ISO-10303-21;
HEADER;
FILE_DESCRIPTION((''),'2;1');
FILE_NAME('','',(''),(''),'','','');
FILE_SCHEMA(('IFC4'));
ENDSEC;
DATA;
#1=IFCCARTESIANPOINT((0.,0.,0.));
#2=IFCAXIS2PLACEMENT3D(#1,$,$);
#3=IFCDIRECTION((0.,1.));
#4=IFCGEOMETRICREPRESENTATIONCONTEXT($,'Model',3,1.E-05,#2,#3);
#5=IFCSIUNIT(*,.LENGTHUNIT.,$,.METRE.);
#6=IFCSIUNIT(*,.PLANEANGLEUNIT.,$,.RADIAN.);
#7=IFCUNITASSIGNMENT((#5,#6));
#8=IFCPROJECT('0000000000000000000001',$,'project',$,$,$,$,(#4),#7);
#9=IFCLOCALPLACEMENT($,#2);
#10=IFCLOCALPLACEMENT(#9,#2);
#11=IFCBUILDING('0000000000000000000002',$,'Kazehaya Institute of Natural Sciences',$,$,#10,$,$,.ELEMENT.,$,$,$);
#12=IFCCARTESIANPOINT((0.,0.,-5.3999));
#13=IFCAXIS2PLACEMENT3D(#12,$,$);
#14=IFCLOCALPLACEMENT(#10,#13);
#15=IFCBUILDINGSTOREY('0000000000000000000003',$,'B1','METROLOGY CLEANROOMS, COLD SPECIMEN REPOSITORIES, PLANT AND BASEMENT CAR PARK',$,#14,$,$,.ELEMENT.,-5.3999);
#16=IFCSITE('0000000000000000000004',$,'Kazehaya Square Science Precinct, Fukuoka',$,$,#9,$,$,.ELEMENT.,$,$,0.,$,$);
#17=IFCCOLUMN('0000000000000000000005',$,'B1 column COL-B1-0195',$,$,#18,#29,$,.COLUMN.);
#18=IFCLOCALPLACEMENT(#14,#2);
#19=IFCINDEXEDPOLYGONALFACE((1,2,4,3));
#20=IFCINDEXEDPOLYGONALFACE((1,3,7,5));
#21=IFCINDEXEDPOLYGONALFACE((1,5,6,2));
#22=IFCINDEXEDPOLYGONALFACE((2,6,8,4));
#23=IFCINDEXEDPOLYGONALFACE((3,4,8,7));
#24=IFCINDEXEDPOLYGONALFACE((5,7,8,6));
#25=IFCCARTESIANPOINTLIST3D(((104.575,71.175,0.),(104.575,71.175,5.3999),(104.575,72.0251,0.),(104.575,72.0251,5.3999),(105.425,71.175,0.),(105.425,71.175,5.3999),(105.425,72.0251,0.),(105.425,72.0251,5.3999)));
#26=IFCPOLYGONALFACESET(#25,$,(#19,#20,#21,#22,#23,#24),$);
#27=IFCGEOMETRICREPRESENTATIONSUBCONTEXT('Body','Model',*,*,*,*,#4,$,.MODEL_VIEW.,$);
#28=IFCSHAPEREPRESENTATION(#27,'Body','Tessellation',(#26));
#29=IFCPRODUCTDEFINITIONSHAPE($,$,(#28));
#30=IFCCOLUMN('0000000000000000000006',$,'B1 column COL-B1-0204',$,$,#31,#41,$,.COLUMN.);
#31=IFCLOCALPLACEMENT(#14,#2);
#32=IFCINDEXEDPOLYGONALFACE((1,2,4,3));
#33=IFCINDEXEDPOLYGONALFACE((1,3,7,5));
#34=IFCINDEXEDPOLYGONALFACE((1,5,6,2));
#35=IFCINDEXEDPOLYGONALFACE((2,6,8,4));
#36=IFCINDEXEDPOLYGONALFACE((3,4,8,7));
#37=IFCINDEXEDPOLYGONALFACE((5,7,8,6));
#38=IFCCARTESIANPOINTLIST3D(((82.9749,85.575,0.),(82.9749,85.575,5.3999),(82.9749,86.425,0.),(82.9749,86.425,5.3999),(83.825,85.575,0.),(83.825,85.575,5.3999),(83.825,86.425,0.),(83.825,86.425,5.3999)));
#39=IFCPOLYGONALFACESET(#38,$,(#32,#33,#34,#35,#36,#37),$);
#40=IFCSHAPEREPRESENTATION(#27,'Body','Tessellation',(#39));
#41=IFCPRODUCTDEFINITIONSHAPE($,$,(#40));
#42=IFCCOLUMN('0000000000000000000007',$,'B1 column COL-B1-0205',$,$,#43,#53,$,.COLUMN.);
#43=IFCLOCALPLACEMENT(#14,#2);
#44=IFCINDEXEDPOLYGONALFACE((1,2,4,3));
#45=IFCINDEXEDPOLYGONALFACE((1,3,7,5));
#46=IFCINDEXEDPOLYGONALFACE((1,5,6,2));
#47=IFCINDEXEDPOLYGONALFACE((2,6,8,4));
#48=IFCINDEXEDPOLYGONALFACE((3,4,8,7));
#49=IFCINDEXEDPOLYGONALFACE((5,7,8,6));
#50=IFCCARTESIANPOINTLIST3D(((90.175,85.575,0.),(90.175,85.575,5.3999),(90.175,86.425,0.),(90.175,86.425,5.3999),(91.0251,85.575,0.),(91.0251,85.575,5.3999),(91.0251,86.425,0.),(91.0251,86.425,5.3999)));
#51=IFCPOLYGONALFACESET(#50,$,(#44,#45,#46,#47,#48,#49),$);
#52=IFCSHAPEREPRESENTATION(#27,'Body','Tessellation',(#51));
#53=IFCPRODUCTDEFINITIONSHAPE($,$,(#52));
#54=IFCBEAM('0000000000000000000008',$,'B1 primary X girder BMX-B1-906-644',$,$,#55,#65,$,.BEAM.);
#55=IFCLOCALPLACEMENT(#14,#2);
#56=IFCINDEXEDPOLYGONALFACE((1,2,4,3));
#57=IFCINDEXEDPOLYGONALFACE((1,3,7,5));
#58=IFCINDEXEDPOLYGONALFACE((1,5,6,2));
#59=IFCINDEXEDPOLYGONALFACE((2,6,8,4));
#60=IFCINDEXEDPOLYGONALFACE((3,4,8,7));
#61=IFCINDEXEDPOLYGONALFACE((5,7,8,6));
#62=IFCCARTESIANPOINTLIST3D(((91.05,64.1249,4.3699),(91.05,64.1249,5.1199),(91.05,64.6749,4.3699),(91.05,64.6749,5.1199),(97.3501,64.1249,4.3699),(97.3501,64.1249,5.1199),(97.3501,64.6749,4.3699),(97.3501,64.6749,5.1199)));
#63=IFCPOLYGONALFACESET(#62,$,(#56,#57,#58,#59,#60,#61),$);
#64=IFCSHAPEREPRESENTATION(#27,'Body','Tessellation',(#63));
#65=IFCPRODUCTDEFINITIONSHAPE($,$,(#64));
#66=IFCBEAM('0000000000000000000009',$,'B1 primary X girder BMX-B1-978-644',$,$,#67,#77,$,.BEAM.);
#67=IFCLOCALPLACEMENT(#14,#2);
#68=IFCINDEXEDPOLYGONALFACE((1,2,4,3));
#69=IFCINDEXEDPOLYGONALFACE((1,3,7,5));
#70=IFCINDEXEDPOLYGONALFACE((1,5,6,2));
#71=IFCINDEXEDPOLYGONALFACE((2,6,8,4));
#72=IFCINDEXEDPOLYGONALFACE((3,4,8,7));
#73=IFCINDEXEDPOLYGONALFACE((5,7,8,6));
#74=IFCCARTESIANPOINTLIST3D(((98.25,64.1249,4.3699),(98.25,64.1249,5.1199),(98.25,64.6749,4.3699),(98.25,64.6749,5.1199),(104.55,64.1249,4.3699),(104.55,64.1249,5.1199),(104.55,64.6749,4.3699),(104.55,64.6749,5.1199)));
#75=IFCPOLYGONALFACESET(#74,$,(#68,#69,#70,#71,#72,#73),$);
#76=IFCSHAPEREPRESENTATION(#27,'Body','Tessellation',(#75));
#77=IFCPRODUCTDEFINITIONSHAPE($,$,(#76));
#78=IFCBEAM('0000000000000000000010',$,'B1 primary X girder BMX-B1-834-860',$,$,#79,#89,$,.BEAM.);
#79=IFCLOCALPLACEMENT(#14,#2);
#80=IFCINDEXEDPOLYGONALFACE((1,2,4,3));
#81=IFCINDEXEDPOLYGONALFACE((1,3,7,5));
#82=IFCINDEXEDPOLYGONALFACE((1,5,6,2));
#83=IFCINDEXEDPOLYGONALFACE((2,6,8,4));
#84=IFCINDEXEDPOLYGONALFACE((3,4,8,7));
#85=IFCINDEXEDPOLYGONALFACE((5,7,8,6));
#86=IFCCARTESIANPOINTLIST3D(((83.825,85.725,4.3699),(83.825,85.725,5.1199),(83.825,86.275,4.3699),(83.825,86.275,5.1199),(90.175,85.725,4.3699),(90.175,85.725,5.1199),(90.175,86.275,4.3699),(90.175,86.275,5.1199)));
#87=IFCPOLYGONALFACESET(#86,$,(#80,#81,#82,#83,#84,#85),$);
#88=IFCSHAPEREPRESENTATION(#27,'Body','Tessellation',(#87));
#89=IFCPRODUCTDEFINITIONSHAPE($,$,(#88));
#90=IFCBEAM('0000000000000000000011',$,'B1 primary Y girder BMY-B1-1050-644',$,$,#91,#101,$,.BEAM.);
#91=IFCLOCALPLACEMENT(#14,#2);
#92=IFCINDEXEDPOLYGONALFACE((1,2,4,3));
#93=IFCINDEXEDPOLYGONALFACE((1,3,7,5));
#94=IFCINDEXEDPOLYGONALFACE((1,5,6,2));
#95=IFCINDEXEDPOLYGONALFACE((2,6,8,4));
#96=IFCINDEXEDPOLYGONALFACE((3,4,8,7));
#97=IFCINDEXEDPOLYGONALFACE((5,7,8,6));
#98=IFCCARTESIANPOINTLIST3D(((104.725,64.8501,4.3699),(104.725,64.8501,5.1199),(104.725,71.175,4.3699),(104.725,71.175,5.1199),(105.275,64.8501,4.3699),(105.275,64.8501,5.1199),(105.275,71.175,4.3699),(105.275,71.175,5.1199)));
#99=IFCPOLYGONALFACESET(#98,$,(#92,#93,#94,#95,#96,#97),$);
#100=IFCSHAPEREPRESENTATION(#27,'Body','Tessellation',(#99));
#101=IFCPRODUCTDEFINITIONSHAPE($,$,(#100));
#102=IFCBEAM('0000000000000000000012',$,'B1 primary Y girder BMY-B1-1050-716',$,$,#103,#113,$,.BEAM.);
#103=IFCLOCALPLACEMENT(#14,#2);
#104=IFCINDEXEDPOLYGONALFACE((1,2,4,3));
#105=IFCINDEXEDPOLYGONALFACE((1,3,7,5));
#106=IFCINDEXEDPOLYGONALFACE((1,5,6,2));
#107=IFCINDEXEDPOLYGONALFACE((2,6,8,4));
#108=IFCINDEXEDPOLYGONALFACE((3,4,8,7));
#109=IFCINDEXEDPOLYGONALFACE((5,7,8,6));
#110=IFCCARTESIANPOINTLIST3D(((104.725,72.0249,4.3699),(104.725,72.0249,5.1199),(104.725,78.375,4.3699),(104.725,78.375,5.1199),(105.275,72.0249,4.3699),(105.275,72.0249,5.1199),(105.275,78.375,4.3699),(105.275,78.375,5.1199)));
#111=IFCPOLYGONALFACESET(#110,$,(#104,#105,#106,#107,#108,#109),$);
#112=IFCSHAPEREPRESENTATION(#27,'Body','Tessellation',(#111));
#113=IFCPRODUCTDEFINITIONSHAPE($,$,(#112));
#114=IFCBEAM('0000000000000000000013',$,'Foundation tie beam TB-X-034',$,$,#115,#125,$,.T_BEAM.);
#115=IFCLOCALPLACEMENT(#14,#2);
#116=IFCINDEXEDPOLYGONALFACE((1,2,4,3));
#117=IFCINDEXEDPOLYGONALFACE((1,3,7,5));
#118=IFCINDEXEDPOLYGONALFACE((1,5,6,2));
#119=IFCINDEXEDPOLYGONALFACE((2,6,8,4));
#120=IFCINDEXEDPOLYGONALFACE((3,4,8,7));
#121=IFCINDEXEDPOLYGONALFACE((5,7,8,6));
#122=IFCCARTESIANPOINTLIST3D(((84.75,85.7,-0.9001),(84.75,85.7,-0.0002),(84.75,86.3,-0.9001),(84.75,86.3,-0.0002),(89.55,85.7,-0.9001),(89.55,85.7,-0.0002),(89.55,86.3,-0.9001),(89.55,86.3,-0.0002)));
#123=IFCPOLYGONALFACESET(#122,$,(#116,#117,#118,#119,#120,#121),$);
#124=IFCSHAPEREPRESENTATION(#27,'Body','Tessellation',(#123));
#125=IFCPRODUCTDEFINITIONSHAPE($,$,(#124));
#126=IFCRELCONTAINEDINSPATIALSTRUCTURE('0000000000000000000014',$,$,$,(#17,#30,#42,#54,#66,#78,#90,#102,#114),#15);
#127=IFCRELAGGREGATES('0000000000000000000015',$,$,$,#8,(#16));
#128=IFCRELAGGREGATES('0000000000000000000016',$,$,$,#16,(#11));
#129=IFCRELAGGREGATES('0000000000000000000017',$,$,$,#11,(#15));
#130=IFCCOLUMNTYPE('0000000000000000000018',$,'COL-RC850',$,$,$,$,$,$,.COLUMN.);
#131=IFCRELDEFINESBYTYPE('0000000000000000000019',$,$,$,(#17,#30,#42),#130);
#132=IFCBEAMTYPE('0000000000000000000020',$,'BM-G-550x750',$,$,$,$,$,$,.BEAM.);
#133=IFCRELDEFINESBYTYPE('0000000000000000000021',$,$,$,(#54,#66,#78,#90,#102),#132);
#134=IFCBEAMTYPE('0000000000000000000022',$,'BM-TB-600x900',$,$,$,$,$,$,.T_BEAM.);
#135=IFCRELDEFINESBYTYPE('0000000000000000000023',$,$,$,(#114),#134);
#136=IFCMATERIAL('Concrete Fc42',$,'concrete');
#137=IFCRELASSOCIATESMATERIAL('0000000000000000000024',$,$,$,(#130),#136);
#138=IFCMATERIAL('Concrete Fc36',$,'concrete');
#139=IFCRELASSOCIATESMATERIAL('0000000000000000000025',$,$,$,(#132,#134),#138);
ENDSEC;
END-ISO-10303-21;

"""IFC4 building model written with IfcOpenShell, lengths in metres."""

from ifc_helpers import new_model, si_unit, direction, frame, origin, origin_2d, place, context, subcontext, project, spatial, rectangle, extrude, material, material_profile, profile_set, type_object, element, save


model = new_model("IFC4")

# Units and contexts
model_context = context("Model", 3, precision=1e-05, world=origin(), true_north=direction((0.0, 1.0)))
body_context = subcontext(model_context, "Body", "Model", "MODEL_VIEW")
ifc_project = project(units=[si_unit("LENGTHUNIT", "METRE"), si_unit("PLANEANGLEUNIT", "RADIAN")], contexts=[model_context])

# Site, building, storey
site_placement = place(None, origin())
site = spatial("IfcSite", under=ifc_project, at=site_placement, Name="Kazehaya Square Science Precinct, Fukuoka", CompositionType="ELEMENT", RefElevation=0.0)
building_placement = place(site_placement, origin())
building = spatial("IfcBuilding", under=site, at=building_placement, Name="Kazehaya Institute of Natural Sciences", CompositionType="ELEMENT")
storey_placement = place(building_placement, frame((0.0, 0.0, -5.3999)))
storey = spatial("IfcBuildingStorey", under=building, at=storey_placement, Name="B1", Description="METROLOGY CLEANROOMS, COLD SPECIMEN REPOSITORIES, PLANT AND BASEMENT CAR PARK", CompositionType="ELEMENT", Elevation=-5.3999)

# Shared definitions
ifc_material_1 = material(Name="Concrete Fc36", Category="concrete")

# Columns
ifc_material_2 = material(Name="Concrete Fc42", Category="concrete")
ifc_material_profile_1 = material_profile(ifc_material_2, rectangle(XDim=0.8501, YDim=0.8501, at=origin_2d()), Name="RC-850x850")
ifc_profile_set_1 = profile_set([ifc_material_profile_1], Name="Concrete Fc42")
column_type_1 = type_object("IfcColumnType", Name="COL-RC850", PredefinedType="COLUMN", material=ifc_profile_set_1)
for number, where, z_axis, x_axis, name in (
    (1, (105.0, 71.6001, 0.0), (0.0, 0.0, 1.0), (1.0, 0.0, 0.0), "B1 column COL-B1-0195"),
    (2, (83.3999, 86.0, 0.0), (0.0, 0.0, 1.0), (1.0, 0.0, 0.0), "B1 column COL-B1-0204"),
    (3, (90.6001, 86.0, 0.0), (0.0, 0.0, 1.0), (1.0, 0.0, 0.0), "B1 column COL-B1-0205"),
):
    element("IfcColumn", number, at=place(storey_placement, frame(where, z_axis=z_axis, x_axis=x_axis)), inside=storey, type_object=column_type_1, Name=name, PredefinedType="COLUMN", context=body_context, shape_type="SweptSolid", body=[
        extrude(rectangle(XDim=0.8501, YDim=0.8501, at=origin_2d()), origin(), (0.0, 0.0, 1.0), 5.3999),
    ])

# Beams
ifc_material_profile_2 = material_profile(ifc_material_1, rectangle(XDim=0.55, YDim=0.75, at=origin_2d()), Name="RC-550x750")
ifc_profile_set_2 = profile_set([ifc_material_profile_2], Name="Concrete Fc36")
beam_type_1 = type_object("IfcBeamType", Name="BM-G-550x750", PredefinedType="BEAM", material=ifc_profile_set_2)
for number, where, z_axis, x_axis, name in (
    (4, (91.05, 64.3999, 4.7449), (1.0, 0.0, 0.0), (0.0, 1.0, 0.0), "B1 primary X girder BMX-B1-906-644"),
    (5, (98.25, 64.3999, 4.7449), (1.0, 0.0, 0.0), (0.0, 1.0, 0.0), "B1 primary X girder BMX-B1-978-644"),
):
    element("IfcBeam", number, at=place(storey_placement, frame(where, z_axis=z_axis, x_axis=x_axis)), inside=storey, type_object=beam_type_1, Name=name, PredefinedType="BEAM", context=body_context, shape_type="SweptSolid", body=[
        extrude(rectangle(XDim=0.55, YDim=0.75, at=origin_2d()), origin(), (0.0, 0.0, 1.0), 6.3),
    ])
beam_1_placement = place(storey_placement, frame((83.825, 86.0, 4.7449), z_axis=(1.0, 0.0, 0.0), x_axis=(0.0, 1.0, 0.0)))
element("IfcBeam", 6, at=beam_1_placement, inside=storey, type_object=beam_type_1, Name="B1 primary X girder BMX-B1-834-860", PredefinedType="BEAM", context=body_context, shape_type="SweptSolid", body=[
    extrude(rectangle(XDim=0.55, YDim=0.75, at=origin_2d()), origin(), (0.0, 0.0, 1.0), 6.3501),
])
beam_2_placement = place(storey_placement, frame((105.0, 64.8501, 4.7449), z_axis=(0.0, 1.0, 0.0), x_axis=(-1.0, 0.0, 0.0)))
element("IfcBeam", 7, at=beam_2_placement, inside=storey, type_object=beam_type_1, Name="B1 primary Y girder BMY-B1-1050-644", PredefinedType="BEAM", context=body_context, shape_type="SweptSolid", body=[
    extrude(rectangle(XDim=0.55, YDim=0.75, at=origin_2d()), origin(), (0.0, 0.0, 1.0), 6.325),
])
beam_3_placement = place(storey_placement, frame((105.0, 72.0249, 4.7449), z_axis=(0.0, 1.0, 0.0), x_axis=(-1.0, 0.0, 0.0)))
element("IfcBeam", 8, at=beam_3_placement, inside=storey, type_object=beam_type_1, Name="B1 primary Y girder BMY-B1-1050-716", PredefinedType="BEAM", context=body_context, shape_type="SweptSolid", body=[
    extrude(rectangle(XDim=0.55, YDim=0.75, at=origin_2d()), origin(), (0.0, 0.0, 1.0), 6.3501),
])
ifc_material_profile_3 = material_profile(ifc_material_1, rectangle(XDim=0.6001, YDim=0.8999, at=origin_2d()), Name="RC-600x900")
ifc_profile_set_3 = profile_set([ifc_material_profile_3], Name="Concrete Fc36")
beam_type_2 = type_object("IfcBeamType", Name="BM-TB-600x900", PredefinedType="T_BEAM", material=ifc_profile_set_3)
beam_4_placement = place(storey_placement, frame((84.75, 86.0, -0.4502), z_axis=(1.0, 0.0, 0.0), x_axis=(0.0, 1.0, 0.0)))
element("IfcBeam", 9, at=beam_4_placement, inside=storey, type_object=beam_type_2, Name="Foundation tie beam TB-X-034", PredefinedType="T_BEAM", context=body_context, shape_type="SweptSolid", body=[
    extrude(rectangle(XDim=0.6001, YDim=0.8999, at=origin_2d()), origin(), (0.0, 0.0, 1.0), 4.8),
])

save(model, "model.ifc")
